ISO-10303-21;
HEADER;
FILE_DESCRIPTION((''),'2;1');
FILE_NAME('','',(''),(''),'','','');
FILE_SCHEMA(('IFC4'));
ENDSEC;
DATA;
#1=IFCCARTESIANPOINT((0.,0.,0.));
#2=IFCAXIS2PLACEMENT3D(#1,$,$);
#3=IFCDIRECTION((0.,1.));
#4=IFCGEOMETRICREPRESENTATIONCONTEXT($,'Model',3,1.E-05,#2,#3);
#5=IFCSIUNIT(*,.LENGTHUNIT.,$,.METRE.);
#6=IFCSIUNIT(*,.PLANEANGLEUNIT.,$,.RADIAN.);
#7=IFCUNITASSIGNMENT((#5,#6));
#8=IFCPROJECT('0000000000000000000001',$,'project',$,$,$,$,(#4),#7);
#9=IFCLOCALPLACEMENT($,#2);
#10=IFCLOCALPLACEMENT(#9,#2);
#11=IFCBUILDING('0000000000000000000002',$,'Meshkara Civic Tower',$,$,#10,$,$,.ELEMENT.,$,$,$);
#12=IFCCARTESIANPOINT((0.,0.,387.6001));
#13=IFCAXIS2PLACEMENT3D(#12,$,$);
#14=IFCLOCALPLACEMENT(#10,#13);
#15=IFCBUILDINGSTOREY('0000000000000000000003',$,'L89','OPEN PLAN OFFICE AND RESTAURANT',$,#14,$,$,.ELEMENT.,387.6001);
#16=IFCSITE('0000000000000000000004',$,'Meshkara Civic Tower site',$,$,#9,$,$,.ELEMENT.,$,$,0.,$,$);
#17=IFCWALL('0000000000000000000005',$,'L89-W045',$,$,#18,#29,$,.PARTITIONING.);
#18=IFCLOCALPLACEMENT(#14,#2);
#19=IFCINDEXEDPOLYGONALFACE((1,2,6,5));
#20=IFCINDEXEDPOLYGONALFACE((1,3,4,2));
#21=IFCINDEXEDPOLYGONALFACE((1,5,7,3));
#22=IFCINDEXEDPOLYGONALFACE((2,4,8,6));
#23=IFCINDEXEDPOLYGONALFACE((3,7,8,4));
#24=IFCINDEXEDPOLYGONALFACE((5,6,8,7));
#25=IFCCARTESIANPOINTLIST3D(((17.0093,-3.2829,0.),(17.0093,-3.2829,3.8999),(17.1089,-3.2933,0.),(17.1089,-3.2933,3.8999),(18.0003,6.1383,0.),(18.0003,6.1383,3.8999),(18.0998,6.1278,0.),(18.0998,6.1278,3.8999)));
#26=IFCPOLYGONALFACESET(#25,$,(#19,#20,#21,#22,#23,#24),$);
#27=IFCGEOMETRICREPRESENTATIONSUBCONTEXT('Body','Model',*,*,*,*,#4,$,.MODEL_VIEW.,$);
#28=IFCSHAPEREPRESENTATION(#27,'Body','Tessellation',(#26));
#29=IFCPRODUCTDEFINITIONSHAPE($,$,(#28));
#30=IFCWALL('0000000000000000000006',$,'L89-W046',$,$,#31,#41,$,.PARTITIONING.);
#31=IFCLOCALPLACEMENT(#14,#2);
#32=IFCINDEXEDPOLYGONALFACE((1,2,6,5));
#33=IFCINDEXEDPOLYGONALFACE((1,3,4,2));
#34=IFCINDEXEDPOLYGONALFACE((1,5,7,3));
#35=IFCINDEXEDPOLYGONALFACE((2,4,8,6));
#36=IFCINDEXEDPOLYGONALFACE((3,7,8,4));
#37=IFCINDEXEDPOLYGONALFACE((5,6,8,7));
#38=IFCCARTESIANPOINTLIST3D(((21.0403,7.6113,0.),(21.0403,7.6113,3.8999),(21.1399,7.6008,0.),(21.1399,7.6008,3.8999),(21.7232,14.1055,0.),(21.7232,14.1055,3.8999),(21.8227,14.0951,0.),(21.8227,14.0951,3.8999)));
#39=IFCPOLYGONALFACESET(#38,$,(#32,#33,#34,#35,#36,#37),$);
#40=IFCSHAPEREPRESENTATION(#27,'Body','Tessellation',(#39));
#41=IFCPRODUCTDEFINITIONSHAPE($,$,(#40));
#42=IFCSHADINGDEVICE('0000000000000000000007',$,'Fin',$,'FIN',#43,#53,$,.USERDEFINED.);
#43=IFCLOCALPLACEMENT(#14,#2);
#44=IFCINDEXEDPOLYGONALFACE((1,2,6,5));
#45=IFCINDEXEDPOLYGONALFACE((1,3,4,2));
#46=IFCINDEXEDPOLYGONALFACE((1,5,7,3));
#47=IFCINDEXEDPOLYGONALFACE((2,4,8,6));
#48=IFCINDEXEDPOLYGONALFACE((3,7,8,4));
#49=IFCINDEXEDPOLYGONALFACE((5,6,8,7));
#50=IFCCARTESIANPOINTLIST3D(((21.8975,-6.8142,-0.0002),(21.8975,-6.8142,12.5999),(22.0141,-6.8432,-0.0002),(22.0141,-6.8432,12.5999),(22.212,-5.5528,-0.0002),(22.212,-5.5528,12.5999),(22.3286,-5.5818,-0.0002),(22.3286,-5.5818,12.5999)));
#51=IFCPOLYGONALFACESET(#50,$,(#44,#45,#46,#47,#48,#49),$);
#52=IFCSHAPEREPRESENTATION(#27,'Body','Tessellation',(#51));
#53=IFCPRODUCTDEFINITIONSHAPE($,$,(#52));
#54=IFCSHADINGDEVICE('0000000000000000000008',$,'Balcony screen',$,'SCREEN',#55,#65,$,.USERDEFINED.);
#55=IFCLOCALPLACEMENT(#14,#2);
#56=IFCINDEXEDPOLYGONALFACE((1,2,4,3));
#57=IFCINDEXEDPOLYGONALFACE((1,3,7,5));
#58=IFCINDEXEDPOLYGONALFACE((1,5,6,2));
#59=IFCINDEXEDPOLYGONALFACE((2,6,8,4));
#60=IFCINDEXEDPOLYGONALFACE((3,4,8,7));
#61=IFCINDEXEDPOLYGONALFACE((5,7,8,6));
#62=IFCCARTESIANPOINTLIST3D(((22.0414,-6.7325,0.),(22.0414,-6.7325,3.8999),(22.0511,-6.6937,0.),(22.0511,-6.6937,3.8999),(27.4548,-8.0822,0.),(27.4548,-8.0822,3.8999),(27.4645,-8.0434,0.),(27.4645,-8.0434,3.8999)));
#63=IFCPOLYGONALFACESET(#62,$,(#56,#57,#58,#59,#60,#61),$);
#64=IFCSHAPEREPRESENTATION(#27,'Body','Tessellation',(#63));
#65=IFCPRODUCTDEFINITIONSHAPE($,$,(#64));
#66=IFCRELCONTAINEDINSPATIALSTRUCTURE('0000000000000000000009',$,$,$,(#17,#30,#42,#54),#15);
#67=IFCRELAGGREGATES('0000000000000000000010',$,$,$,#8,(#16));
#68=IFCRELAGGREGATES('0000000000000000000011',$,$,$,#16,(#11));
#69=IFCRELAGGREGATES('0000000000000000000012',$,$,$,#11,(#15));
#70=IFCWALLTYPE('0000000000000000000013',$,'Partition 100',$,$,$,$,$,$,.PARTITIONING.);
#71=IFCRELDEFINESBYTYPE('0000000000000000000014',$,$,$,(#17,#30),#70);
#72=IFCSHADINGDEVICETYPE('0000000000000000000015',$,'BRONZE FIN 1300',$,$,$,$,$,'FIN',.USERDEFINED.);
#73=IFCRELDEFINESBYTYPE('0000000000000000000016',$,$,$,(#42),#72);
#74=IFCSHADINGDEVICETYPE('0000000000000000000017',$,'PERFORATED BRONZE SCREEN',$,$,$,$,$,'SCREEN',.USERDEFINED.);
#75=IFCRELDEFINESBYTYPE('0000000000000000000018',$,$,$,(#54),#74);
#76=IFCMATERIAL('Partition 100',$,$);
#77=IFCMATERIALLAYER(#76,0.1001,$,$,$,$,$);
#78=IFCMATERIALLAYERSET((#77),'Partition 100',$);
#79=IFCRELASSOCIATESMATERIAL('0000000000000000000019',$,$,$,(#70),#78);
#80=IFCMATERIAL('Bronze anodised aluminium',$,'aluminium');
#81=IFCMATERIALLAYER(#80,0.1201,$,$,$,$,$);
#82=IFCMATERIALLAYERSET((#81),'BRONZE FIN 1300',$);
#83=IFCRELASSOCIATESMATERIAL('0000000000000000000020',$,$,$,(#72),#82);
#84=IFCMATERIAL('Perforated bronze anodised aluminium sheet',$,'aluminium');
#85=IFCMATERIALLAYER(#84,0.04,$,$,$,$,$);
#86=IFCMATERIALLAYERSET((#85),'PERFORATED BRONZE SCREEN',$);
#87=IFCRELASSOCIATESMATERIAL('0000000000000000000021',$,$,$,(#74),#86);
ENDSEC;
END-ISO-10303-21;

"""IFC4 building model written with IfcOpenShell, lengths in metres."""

from ifc_helpers import new_model, si_unit, direction, frame, frame_2d, origin, origin_2d, place, context, subcontext, project, spatial, rectangle, extrude, material, layer, layer_set, type_object, element, save


model = new_model("IFC4")

# Units and contexts
model_context = context("Model", 3, precision=1e-05, world=origin(), true_north=direction((0.0, 1.0)))
body_context = subcontext(model_context, "Body", "Model", "MODEL_VIEW")
ifc_project = project(units=[si_unit("LENGTHUNIT", "METRE"), si_unit("PLANEANGLEUNIT", "RADIAN")], contexts=[model_context])

# Site, building, storey
site_placement = place(None, origin())
site = spatial("IfcSite", under=ifc_project, at=site_placement, Name="Meshkara Civic Tower site", CompositionType="ELEMENT", RefElevation=0.0)
building_placement = place(site_placement, origin())
building = spatial("IfcBuilding", under=site, at=building_placement, Name="Meshkara Civic Tower", CompositionType="ELEMENT")
storey_placement = place(building_placement, frame((0.0, 0.0, 387.6001)))
storey = spatial("IfcBuildingStorey", under=building, at=storey_placement, Name="L89", Description="OPEN PLAN OFFICE AND RESTAURANT", CompositionType="ELEMENT", Elevation=387.6001)

# Walls
ifc_material_1 = material(Name="Partition 100")
ifc_layer_1 = layer(ifc_material_1, 0.1001)
ifc_layer_set_1 = layer_set([ifc_layer_1], Name="Partition 100")
wall_type_1 = type_object("IfcWallType", Name="Partition 100", PredefinedType="PARTITIONING", material=ifc_layer_set_1)
wall_1_placement = place(storey_placement, frame((17.0591, -3.2881, 0.0), z_axis=(0.0, 0.0, 1.0), x_axis=(0.104608, 0.994513, 0.0)))
element("IfcWall", 1, at=wall_1_placement, inside=storey, type_object=wall_type_1, Name="L89-W045", PredefinedType="PARTITIONING", context=body_context, shape_type="SweptSolid", body=[
    extrude(rectangle(XDim=9.4731, YDim=0.1001, at=frame_2d((4.7366, 0.0))), origin(), (0.0, 0.0, 1.0), 3.8999),
])
wall_2_placement = place(storey_placement, frame((21.0901, 7.606, 0.0), z_axis=(0.0, 0.0, 1.0), x_axis=(0.104574, 0.994517, 0.0)))
element("IfcWall", 2, at=wall_2_placement, inside=storey, type_object=wall_type_1, Name="L89-W046", PredefinedType="PARTITIONING", context=body_context, shape_type="SweptSolid", body=[
    extrude(rectangle(XDim=6.53, YDim=0.1001, at=frame_2d((3.2651, 0.0))), origin(), (0.0, 0.0, 1.0), 3.8999),
])

# Shading devices
ifc_material_2 = material(Name="Bronze anodised aluminium", Category="aluminium")
ifc_layer_2 = layer(ifc_material_2, 0.1201)
ifc_layer_set_2 = layer_set([ifc_layer_2], Name="BRONZE FIN 1300")
shading_device_type_1 = type_object("IfcShadingDeviceType", Name="BRONZE FIN 1300", ElementType="FIN", PredefinedType="USERDEFINED", material=ifc_layer_set_2)
shading_device_1_placement = place(storey_placement, frame((22.113, -6.198, -0.0002), z_axis=(0.0, 0.0, 1.0), x_axis=(0.970296, -0.241922, 0.0)))
element("IfcShadingDevice", 3, at=shading_device_1_placement, inside=storey, type_object=shading_device_type_1, Name="Fin", ObjectType="FIN", PredefinedType="USERDEFINED", context=body_context, shape_type="SweptSolid", body=[
    extrude(rectangle(XDim=0.1201, YDim=1.3, at=origin_2d()), origin(), (0.0, 0.0, 1.0), 12.6001),
])
ifc_material_3 = material(Name="Perforated bronze anodised aluminium sheet", Category="aluminium")
ifc_layer_3 = layer(ifc_material_3, 0.04)
ifc_layer_set_3 = layer_set([ifc_layer_3], Name="PERFORATED BRONZE SCREEN")
shading_device_type_2 = type_object("IfcShadingDeviceType", Name="PERFORATED BRONZE SCREEN", ElementType="SCREEN", PredefinedType="USERDEFINED", material=ifc_layer_set_3)
shading_device_2_placement = place(storey_placement, frame((24.7529, -7.3879, 0.0), z_axis=(0.0, 0.0, 1.0), x_axis=(0.970296, -0.241922, 0.0)))
element("IfcShadingDevice", 4, at=shading_device_2_placement, inside=storey, type_object=shading_device_type_2, Name="Balcony screen", ObjectType="SCREEN", PredefinedType="USERDEFINED", context=body_context, shape_type="SweptSolid", body=[
    extrude(rectangle(XDim=5.5791, YDim=0.04, at=origin_2d()), origin(), (0.0, 0.0, 1.0), 3.8999),
])

save(model, "model.ifc")
